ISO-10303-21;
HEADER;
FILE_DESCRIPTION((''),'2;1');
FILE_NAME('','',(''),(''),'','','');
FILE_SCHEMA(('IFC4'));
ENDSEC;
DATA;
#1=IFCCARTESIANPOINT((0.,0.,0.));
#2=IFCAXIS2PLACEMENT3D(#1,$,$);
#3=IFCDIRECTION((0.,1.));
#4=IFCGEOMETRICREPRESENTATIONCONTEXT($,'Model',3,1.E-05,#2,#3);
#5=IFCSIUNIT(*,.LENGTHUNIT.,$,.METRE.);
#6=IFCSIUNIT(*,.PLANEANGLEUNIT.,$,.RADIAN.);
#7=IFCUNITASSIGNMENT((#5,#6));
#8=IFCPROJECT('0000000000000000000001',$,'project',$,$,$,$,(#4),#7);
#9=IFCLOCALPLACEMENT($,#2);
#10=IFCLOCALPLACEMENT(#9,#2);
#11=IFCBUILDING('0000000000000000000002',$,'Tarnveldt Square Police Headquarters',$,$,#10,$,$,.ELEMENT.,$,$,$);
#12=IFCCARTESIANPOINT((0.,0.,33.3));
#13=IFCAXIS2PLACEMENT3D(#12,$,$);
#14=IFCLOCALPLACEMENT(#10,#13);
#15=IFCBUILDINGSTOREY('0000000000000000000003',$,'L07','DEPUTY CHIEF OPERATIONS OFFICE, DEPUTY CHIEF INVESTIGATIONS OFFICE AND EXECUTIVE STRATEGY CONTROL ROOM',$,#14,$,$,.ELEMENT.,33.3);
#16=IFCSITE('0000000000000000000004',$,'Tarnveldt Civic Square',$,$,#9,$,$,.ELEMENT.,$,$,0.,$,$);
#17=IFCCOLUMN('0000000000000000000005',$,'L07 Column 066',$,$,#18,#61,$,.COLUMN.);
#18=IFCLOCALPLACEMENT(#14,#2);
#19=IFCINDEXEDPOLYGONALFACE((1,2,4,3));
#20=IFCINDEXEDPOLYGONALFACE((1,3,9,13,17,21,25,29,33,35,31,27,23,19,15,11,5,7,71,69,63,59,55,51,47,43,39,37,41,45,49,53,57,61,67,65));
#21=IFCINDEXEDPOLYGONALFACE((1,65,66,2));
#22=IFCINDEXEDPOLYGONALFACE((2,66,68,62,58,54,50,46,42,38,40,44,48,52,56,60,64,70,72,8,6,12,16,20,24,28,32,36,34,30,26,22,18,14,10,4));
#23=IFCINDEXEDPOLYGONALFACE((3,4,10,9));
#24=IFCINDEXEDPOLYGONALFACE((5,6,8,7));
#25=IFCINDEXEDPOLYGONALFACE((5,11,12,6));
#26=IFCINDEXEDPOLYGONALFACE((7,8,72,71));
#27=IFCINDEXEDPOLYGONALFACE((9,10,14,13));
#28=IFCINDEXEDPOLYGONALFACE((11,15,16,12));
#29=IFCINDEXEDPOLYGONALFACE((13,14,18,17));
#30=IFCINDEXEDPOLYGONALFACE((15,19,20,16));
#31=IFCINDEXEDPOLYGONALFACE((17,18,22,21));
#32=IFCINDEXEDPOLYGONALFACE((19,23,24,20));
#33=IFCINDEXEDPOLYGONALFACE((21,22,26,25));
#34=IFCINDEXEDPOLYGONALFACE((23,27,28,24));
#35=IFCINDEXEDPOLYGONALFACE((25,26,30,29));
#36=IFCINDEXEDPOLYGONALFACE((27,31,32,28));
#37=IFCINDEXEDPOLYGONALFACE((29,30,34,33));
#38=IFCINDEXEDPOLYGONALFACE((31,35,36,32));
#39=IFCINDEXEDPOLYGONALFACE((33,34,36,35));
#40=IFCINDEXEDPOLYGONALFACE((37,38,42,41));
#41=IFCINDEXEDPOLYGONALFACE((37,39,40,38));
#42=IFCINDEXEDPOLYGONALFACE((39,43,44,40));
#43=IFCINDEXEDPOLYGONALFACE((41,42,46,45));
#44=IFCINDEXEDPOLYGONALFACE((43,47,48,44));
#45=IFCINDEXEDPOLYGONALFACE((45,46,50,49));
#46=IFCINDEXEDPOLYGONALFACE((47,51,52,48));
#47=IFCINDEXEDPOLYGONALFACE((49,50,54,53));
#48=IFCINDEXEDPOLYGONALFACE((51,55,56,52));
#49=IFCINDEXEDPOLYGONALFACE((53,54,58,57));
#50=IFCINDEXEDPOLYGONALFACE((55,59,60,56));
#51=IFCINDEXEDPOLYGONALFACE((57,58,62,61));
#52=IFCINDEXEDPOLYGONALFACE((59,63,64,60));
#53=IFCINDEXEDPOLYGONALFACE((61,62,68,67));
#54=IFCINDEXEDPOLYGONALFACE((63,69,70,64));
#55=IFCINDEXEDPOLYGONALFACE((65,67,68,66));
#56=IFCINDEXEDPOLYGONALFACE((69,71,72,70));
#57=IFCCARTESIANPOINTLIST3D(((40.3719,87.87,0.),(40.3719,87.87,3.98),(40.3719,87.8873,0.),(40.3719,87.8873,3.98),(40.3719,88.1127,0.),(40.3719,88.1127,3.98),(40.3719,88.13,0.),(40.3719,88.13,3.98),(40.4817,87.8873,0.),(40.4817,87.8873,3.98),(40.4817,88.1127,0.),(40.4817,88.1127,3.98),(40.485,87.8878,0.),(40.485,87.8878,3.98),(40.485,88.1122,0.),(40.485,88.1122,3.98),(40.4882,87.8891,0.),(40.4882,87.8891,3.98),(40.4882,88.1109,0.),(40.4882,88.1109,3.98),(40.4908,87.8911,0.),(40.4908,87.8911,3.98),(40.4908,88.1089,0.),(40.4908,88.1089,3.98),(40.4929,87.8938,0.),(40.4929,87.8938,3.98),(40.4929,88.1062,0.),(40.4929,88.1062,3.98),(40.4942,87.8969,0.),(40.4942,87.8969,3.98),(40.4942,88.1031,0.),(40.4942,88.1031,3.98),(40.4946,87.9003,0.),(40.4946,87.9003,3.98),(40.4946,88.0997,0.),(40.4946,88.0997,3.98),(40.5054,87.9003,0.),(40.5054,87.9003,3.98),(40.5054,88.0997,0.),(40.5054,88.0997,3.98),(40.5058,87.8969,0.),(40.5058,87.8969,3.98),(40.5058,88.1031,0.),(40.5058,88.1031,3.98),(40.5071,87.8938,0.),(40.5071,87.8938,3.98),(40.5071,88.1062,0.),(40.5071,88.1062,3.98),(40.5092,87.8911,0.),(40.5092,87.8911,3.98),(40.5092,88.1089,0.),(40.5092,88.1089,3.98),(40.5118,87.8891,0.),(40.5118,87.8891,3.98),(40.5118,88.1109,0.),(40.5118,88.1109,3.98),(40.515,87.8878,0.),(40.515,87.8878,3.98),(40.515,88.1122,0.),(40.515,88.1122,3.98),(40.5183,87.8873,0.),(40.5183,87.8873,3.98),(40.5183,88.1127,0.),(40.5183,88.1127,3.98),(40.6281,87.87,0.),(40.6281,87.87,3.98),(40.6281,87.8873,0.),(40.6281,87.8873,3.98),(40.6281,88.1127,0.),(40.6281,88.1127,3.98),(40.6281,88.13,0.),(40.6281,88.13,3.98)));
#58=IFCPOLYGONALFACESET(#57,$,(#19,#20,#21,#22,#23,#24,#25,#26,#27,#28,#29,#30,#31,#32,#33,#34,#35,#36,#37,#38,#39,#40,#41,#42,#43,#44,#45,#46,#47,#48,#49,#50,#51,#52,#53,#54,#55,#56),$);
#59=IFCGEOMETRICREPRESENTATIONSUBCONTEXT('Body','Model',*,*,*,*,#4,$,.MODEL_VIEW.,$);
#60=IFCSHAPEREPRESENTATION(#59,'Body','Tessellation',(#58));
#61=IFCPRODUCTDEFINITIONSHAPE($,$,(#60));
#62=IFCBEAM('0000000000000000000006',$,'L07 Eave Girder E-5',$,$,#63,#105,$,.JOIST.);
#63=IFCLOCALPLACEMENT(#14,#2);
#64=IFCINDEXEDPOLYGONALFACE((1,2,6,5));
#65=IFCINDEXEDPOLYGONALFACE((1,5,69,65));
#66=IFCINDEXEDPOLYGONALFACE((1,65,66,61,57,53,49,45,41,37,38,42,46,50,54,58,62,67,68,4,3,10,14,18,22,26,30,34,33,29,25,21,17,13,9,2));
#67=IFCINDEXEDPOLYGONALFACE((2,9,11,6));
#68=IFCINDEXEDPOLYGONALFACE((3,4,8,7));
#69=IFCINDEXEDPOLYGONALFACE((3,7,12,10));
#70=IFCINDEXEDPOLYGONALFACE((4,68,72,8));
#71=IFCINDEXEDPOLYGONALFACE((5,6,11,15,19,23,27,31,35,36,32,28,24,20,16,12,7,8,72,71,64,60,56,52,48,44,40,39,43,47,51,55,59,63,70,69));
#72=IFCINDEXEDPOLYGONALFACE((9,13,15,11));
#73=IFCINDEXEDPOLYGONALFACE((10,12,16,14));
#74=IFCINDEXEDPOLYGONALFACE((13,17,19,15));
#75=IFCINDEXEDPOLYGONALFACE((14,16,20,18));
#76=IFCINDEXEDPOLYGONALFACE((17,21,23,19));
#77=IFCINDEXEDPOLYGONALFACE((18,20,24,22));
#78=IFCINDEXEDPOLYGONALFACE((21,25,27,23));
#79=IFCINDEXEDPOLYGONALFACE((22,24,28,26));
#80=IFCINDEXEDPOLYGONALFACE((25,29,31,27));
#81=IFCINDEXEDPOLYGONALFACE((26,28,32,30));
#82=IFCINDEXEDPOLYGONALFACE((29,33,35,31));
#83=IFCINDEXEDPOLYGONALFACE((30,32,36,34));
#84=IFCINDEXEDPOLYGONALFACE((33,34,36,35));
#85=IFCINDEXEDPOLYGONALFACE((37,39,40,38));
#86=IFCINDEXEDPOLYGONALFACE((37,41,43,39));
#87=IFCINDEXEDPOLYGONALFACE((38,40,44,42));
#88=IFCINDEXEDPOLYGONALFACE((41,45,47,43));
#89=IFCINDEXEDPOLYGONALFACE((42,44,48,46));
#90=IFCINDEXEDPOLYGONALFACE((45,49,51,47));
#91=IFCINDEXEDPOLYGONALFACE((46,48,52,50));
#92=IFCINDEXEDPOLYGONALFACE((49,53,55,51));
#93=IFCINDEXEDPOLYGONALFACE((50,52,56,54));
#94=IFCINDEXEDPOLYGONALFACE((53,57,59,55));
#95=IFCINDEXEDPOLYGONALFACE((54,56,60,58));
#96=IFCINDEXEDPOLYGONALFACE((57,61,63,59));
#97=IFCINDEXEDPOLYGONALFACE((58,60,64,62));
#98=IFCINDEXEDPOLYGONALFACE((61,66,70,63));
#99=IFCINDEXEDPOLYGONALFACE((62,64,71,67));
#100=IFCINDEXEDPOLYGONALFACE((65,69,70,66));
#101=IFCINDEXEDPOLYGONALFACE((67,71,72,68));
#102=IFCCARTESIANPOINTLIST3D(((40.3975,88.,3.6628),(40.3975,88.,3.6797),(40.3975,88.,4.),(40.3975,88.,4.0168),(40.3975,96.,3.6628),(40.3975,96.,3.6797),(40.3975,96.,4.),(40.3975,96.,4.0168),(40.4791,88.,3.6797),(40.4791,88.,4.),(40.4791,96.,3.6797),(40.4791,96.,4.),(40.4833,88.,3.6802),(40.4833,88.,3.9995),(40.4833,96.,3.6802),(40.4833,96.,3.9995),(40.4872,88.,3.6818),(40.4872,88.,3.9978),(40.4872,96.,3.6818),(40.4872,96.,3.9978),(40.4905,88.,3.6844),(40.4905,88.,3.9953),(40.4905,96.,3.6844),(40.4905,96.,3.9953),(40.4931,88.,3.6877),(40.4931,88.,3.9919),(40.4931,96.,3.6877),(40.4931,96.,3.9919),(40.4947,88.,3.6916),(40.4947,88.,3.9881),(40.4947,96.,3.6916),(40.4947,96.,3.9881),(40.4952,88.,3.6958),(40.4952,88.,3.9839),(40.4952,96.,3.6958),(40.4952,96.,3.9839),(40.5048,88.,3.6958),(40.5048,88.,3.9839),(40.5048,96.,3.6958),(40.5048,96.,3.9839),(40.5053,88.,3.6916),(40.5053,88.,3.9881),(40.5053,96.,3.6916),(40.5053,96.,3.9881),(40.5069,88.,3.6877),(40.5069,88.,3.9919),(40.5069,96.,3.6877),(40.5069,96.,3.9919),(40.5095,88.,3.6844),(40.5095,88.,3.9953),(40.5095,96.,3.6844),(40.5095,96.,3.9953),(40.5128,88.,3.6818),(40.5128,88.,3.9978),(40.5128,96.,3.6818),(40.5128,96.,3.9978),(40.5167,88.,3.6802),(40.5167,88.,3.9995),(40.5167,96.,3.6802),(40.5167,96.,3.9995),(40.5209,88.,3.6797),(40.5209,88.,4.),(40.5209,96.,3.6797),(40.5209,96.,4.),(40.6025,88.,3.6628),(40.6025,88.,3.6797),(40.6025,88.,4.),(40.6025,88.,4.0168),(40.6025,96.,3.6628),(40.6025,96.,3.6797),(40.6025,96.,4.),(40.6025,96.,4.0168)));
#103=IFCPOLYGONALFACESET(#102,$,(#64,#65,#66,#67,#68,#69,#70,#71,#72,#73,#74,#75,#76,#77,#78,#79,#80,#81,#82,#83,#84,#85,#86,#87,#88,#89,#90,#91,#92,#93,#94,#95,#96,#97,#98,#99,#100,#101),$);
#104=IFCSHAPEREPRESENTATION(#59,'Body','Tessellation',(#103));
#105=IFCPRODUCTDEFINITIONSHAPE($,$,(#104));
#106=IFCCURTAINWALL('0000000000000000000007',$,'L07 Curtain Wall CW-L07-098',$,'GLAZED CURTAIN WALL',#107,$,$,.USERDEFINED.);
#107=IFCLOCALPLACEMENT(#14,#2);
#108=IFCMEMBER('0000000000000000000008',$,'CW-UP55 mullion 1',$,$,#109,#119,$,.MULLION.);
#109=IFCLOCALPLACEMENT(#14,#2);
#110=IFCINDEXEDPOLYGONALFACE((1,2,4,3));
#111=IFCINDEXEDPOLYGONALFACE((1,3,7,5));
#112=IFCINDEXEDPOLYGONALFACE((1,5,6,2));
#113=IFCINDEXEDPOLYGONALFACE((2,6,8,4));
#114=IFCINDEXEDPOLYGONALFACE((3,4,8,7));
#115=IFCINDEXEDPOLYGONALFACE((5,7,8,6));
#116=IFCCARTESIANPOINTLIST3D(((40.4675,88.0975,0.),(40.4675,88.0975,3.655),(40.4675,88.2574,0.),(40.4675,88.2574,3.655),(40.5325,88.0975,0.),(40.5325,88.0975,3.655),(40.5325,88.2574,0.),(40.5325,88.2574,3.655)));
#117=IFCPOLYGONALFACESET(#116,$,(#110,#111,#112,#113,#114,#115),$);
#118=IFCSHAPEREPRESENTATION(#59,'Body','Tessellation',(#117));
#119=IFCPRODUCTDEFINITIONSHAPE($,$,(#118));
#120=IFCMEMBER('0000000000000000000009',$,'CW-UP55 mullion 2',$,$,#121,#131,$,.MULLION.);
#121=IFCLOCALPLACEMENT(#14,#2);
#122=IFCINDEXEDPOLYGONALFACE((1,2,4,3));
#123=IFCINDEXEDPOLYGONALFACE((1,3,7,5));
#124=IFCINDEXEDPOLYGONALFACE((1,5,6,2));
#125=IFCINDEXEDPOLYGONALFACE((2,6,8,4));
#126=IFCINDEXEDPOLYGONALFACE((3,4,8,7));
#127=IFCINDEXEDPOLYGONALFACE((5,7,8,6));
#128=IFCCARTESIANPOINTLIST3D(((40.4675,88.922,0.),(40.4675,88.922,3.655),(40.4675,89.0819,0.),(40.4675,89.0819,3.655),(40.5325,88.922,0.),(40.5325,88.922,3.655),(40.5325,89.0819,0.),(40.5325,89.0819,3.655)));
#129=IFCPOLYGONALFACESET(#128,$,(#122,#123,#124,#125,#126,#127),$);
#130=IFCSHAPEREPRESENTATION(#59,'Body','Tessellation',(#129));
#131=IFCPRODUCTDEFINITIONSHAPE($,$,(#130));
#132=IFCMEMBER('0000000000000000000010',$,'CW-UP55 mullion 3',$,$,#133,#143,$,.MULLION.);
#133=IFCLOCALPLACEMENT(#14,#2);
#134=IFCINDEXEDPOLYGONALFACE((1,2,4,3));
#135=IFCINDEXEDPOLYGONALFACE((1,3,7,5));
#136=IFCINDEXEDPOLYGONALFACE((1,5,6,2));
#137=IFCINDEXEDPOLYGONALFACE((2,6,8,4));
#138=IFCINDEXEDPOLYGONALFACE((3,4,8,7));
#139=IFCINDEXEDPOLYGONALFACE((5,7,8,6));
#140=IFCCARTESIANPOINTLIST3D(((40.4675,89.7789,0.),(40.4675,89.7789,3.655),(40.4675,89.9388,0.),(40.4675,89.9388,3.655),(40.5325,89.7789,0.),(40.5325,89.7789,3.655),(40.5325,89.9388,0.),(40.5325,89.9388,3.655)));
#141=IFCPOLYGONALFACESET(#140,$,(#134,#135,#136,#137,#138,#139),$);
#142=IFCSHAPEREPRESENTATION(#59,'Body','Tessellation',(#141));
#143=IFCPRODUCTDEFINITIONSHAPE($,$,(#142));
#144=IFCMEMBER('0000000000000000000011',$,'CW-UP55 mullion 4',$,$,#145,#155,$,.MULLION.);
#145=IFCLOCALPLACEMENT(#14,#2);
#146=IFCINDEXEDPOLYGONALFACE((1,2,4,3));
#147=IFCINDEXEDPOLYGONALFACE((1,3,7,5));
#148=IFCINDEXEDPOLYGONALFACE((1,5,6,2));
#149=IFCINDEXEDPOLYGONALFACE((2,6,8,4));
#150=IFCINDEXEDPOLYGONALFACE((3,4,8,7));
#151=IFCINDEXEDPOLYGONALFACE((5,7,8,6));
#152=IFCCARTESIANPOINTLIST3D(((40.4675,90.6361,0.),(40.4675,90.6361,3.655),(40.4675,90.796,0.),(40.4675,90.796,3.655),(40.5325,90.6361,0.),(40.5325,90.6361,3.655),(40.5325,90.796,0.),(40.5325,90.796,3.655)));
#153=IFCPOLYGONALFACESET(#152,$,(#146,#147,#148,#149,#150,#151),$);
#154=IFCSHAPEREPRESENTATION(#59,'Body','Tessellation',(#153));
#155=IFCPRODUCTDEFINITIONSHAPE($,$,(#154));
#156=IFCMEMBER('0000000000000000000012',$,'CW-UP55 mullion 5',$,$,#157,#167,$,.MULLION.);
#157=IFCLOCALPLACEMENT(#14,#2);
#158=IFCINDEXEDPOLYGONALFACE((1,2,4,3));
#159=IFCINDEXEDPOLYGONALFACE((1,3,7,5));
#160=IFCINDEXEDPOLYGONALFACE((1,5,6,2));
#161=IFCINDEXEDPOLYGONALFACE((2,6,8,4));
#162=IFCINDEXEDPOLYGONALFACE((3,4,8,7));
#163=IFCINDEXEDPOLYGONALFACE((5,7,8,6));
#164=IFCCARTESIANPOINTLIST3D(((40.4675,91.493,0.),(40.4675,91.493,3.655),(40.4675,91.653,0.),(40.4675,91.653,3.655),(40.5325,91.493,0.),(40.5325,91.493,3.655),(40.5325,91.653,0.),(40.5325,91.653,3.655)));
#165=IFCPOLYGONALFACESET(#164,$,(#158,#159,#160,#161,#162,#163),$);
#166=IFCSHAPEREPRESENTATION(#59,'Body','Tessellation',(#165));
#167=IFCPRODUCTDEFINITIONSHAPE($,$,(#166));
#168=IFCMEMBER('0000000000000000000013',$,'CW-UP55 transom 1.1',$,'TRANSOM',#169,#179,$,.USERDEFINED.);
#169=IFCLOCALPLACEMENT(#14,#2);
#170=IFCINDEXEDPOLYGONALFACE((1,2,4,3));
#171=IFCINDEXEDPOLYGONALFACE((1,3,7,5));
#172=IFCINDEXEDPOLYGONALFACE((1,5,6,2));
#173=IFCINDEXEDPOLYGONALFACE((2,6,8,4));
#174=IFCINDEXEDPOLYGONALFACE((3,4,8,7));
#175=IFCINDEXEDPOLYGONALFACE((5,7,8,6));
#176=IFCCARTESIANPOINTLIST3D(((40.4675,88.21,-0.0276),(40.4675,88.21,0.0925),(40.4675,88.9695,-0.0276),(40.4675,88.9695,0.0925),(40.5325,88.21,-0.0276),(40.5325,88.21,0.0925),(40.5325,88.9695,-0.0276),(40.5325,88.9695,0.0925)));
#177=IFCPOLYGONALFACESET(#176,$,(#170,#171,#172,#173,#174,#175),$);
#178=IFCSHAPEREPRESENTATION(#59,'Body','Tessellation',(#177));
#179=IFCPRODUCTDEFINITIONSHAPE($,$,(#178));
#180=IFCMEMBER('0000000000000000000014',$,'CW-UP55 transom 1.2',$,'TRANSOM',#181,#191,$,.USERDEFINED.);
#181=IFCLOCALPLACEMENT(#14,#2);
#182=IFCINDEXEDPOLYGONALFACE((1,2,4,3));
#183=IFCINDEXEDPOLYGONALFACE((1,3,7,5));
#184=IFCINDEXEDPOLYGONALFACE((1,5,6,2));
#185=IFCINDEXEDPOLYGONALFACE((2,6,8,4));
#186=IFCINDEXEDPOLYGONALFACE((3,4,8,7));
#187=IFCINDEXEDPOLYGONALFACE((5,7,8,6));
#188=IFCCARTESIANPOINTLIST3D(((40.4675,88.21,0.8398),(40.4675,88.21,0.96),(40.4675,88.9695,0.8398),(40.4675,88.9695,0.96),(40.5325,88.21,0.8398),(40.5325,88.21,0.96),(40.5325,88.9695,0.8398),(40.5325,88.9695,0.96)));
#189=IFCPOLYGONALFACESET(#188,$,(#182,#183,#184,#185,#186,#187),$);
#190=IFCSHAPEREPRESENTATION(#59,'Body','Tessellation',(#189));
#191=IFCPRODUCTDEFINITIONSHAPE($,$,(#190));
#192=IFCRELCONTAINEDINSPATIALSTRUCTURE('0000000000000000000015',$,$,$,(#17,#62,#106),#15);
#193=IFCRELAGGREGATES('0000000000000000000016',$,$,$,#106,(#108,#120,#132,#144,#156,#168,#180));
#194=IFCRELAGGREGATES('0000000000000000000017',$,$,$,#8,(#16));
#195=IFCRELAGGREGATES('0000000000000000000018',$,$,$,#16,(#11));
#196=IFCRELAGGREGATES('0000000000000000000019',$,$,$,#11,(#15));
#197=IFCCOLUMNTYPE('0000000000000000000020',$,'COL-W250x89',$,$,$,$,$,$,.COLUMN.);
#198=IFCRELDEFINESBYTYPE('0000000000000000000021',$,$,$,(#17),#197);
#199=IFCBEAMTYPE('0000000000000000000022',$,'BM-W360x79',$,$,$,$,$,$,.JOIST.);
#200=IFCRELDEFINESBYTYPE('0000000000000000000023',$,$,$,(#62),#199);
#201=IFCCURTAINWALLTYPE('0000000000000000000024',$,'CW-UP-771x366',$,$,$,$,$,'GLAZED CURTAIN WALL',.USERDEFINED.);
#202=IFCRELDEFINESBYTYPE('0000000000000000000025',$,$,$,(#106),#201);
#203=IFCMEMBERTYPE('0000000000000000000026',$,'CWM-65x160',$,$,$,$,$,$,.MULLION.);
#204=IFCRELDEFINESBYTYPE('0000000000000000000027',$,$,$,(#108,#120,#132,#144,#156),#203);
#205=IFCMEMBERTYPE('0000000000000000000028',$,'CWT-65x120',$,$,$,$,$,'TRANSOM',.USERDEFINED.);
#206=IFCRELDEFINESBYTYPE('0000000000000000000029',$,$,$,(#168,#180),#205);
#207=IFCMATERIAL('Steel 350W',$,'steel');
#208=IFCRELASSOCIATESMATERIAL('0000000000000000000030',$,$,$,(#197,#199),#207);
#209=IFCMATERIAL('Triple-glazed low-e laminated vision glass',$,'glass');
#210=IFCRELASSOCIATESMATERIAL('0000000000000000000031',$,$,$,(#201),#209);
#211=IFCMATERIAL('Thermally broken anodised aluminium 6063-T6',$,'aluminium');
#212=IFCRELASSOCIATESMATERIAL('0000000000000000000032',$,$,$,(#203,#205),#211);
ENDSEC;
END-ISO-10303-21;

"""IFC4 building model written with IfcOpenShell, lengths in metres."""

from ifc_helpers import new_model, si_unit, direction, frame, origin, origin_2d, place, context, subcontext, project, spatial, rectangle, i_section, extrude, material, material_profile, profile_set, type_object, element, aggregate, save


model = new_model("IFC4")

# Units and contexts
model_context = context("Model", 3, precision=1e-05, world=origin(), true_north=direction((0.0, 1.0)))
body_context = subcontext(model_context, "Body", "Model", "MODEL_VIEW")
ifc_project = project(units=[si_unit("LENGTHUNIT", "METRE"), si_unit("PLANEANGLEUNIT", "RADIAN")], contexts=[model_context])

# Site, building, storey
site_placement = place(None, origin())
site = spatial("IfcSite", under=ifc_project, at=site_placement, Name="Tarnveldt Civic Square", CompositionType="ELEMENT", RefElevation=0.0)
building_placement = place(site_placement, origin())
building = spatial("IfcBuilding", under=site, at=building_placement, Name="Tarnveldt Square Police Headquarters", CompositionType="ELEMENT")
storey_placement = place(building_placement, frame((0.0, 0.0, 33.3)))
storey = spatial("IfcBuildingStorey", under=building, at=storey_placement, Name="L07", Description="DEPUTY CHIEF OPERATIONS OFFICE, DEPUTY CHIEF INVESTIGATIONS OFFICE AND EXECUTIVE STRATEGY CONTROL ROOM", CompositionType="ELEMENT", Elevation=33.3)

# Column
ifc_material_1 = material(Name="Steel 350W", Category="steel")
ifc_material_profile_1 = material_profile(ifc_material_1, i_section(OverallWidth=0.2561, OverallDepth=0.26, WebThickness=0.0107, FlangeThickness=0.0173, FilletRadius=0.0129, at=origin_2d()), Name="W250x89")
ifc_profile_set_1 = profile_set([ifc_material_profile_1], Name="Steel 350W")
column_type = type_object("IfcColumnType", Name="COL-W250x89", PredefinedType="COLUMN", material=ifc_profile_set_1)
column_placement = place(storey_placement, frame((40.5, 88.0, 0.0), z_axis=(0.0, 0.0, 1.0), x_axis=(1.0, 0.0, 0.0)))
element("IfcColumn", 1, at=column_placement, inside=storey, type_object=column_type, Name="L07 Column 066", PredefinedType="COLUMN", context=body_context, shape_type="SweptSolid", body=[
    extrude(i_section(OverallWidth=0.2561, OverallDepth=0.26, WebThickness=0.0107, FlangeThickness=0.0173, FilletRadius=0.0129, at=origin_2d()), origin(), (0.0, 0.0, 1.0), 3.98),
])

# Beam
ifc_material_profile_2 = material_profile(ifc_material_1, i_section(OverallWidth=0.2051, OverallDepth=0.354, WebThickness=0.0095, FlangeThickness=0.0168, FilletRadius=0.0161, at=origin_2d()), Name="W360x79")
ifc_profile_set_2 = profile_set([ifc_material_profile_2], Name="Steel 350W")
beam_type = type_object("IfcBeamType", Name="BM-W360x79", PredefinedType="JOIST", material=ifc_profile_set_2)
beam_placement = place(storey_placement, frame((40.5, 88.0, 3.8398), z_axis=(0.0, 1.0, 0.0), x_axis=(-1.0, 0.0, 0.0)))
element("IfcBeam", 2, at=beam_placement, inside=storey, type_object=beam_type, Name="L07 Eave Girder E-5", PredefinedType="JOIST", context=body_context, shape_type="SweptSolid", body=[
    extrude(i_section(OverallWidth=0.2051, OverallDepth=0.354, WebThickness=0.0095, FlangeThickness=0.0168, FilletRadius=0.0161, at=origin_2d()), origin(), (0.0, 0.0, 1.0), 8.0),
])

# Curtain wall, members
ifc_material_2 = material(Name="Triple-glazed low-e laminated vision glass", Category="glass")
curtain_wall_type = type_object("IfcCurtainWallType", Name="CW-UP-771x366", ElementType="GLAZED CURTAIN WALL", PredefinedType="USERDEFINED", material=ifc_material_2)
curtain_wall_placement = place(storey_placement, origin())
curtain_wall = element("IfcCurtainWall", 3, at=curtain_wall_placement, inside=storey, type_object=curtain_wall_type, Name="L07 Curtain Wall CW-L07-098", ObjectType="GLAZED CURTAIN WALL", PredefinedType="USERDEFINED")
ifc_material_3 = material(Name="Thermally broken anodised aluminium 6063-T6", Category="aluminium")
ifc_material_profile_3 = material_profile(ifc_material_3, rectangle(XDim=0.0649, YDim=0.1599, at=origin_2d()), Name="CW-M65x160")
ifc_profile_set_3 = profile_set([ifc_material_profile_3], Name="Thermally broken anodised aluminium 6063-T6")
member_type_1 = type_object("IfcMemberType", Name="CWM-65x160", PredefinedType="MULLION", material=ifc_profile_set_3)
member_1_placement = place(storey_placement, frame((40.5, 88.1775, 0.0), z_axis=(0.0, 0.0, 1.0), x_axis=(-1.0, 0.0, 0.0)))
member_1 = element("IfcMember", 4, at=member_1_placement, type_object=member_type_1, Name="CW-UP55 mullion 1", PredefinedType="MULLION", context=body_context, shape_type="SweptSolid", body=[
    extrude(rectangle(XDim=0.0649, YDim=0.1599, at=origin_2d()), origin(), (0.0, 0.0, 1.0), 3.655),
])
member_2_placement = place(storey_placement, frame((40.5, 89.002, 0.0), z_axis=(0.0, 0.0, 1.0), x_axis=(-1.0, 0.0, 0.0)))
member_2 = element("IfcMember", 5, at=member_2_placement, type_object=member_type_1, Name="CW-UP55 mullion 2", PredefinedType="MULLION", context=body_context, shape_type="SweptSolid", body=[
    extrude(rectangle(XDim=0.0649, YDim=0.1599, at=origin_2d()), origin(), (0.0, 0.0, 1.0), 3.655),
])
member_3_placement = place(storey_placement, frame((40.5, 89.8589, 0.0), z_axis=(0.0, 0.0, 1.0), x_axis=(-1.0, 0.0, 0.0)))
member_3 = element("IfcMember", 6, at=member_3_placement, type_object=member_type_1, Name="CW-UP55 mullion 3", PredefinedType="MULLION", context=body_context, shape_type="SweptSolid", body=[
    extrude(rectangle(XDim=0.0649, YDim=0.1599, at=origin_2d()), origin(), (0.0, 0.0, 1.0), 3.655),
])
member_4_placement = place(storey_placement, frame((40.5, 90.7161, 0.0), z_axis=(0.0, 0.0, 1.0), x_axis=(-1.0, 0.0, 0.0)))
member_4 = element("IfcMember", 7, at=member_4_placement, type_object=member_type_1, Name="CW-UP55 mullion 4", PredefinedType="MULLION", context=body_context, shape_type="SweptSolid", body=[
    extrude(rectangle(XDim=0.0649, YDim=0.1599, at=origin_2d()), origin(), (0.0, 0.0, 1.0), 3.655),
])
member_5_placement = place(storey_placement, frame((40.5, 91.573, 0.0), z_axis=(0.0, 0.0, 1.0), x_axis=(-1.0, 0.0, 0.0)))
member_5 = element("IfcMember", 8, at=member_5_placement, type_object=member_type_1, Name="CW-UP55 mullion 5", PredefinedType="MULLION", context=body_context, shape_type="SweptSolid", body=[
    extrude(rectangle(XDim=0.0649, YDim=0.1599, at=origin_2d()), origin(), (0.0, 0.0, 1.0), 3.655),
])
ifc_material_profile_4 = material_profile(ifc_material_3, rectangle(XDim=0.0649, YDim=0.1201, at=origin_2d()), Name="CW-T65x120")
ifc_profile_set_4 = profile_set([ifc_material_profile_4], Name="Thermally broken anodised aluminium 6063-T6")
member_type_2 = type_object("IfcMemberType", Name="CWT-65x120", ElementType="TRANSOM", PredefinedType="USERDEFINED", material=ifc_profile_set_4)
member_6_placement = place(storey_placement, frame((40.5, 88.21, 0.0325), z_axis=(0.0, 1.0, 0.0), x_axis=(-1.0, 0.0, 0.0)))
member_6 = element("IfcMember", 9, at=member_6_placement, type_object=member_type_2, Name="CW-UP55 transom 1.1", ObjectType="TRANSOM", PredefinedType="USERDEFINED", context=body_context, shape_type="SweptSolid", body=[
    extrude(rectangle(XDim=0.0649, YDim=0.1201, at=origin_2d()), origin(), (0.0, 0.0, 1.0), 0.7595),
])
member_7_placement = place(storey_placement, frame((40.5, 88.21, 0.8999), z_axis=(0.0, 1.0, 0.0), x_axis=(-1.0, 0.0, 0.0)))
member_7 = element("IfcMember", 10, at=member_7_placement, type_object=member_type_2, Name="CW-UP55 transom 1.2", ObjectType="TRANSOM", PredefinedType="USERDEFINED", context=body_context, shape_type="SweptSolid", body=[
    extrude(rectangle(XDim=0.0649, YDim=0.1201, at=origin_2d()), origin(), (0.0, 0.0, 1.0), 0.7595),
])
aggregate(curtain_wall, [member_1, member_2, member_3, member_4, member_5, member_6, member_7])

save(model, "model.ifc")
